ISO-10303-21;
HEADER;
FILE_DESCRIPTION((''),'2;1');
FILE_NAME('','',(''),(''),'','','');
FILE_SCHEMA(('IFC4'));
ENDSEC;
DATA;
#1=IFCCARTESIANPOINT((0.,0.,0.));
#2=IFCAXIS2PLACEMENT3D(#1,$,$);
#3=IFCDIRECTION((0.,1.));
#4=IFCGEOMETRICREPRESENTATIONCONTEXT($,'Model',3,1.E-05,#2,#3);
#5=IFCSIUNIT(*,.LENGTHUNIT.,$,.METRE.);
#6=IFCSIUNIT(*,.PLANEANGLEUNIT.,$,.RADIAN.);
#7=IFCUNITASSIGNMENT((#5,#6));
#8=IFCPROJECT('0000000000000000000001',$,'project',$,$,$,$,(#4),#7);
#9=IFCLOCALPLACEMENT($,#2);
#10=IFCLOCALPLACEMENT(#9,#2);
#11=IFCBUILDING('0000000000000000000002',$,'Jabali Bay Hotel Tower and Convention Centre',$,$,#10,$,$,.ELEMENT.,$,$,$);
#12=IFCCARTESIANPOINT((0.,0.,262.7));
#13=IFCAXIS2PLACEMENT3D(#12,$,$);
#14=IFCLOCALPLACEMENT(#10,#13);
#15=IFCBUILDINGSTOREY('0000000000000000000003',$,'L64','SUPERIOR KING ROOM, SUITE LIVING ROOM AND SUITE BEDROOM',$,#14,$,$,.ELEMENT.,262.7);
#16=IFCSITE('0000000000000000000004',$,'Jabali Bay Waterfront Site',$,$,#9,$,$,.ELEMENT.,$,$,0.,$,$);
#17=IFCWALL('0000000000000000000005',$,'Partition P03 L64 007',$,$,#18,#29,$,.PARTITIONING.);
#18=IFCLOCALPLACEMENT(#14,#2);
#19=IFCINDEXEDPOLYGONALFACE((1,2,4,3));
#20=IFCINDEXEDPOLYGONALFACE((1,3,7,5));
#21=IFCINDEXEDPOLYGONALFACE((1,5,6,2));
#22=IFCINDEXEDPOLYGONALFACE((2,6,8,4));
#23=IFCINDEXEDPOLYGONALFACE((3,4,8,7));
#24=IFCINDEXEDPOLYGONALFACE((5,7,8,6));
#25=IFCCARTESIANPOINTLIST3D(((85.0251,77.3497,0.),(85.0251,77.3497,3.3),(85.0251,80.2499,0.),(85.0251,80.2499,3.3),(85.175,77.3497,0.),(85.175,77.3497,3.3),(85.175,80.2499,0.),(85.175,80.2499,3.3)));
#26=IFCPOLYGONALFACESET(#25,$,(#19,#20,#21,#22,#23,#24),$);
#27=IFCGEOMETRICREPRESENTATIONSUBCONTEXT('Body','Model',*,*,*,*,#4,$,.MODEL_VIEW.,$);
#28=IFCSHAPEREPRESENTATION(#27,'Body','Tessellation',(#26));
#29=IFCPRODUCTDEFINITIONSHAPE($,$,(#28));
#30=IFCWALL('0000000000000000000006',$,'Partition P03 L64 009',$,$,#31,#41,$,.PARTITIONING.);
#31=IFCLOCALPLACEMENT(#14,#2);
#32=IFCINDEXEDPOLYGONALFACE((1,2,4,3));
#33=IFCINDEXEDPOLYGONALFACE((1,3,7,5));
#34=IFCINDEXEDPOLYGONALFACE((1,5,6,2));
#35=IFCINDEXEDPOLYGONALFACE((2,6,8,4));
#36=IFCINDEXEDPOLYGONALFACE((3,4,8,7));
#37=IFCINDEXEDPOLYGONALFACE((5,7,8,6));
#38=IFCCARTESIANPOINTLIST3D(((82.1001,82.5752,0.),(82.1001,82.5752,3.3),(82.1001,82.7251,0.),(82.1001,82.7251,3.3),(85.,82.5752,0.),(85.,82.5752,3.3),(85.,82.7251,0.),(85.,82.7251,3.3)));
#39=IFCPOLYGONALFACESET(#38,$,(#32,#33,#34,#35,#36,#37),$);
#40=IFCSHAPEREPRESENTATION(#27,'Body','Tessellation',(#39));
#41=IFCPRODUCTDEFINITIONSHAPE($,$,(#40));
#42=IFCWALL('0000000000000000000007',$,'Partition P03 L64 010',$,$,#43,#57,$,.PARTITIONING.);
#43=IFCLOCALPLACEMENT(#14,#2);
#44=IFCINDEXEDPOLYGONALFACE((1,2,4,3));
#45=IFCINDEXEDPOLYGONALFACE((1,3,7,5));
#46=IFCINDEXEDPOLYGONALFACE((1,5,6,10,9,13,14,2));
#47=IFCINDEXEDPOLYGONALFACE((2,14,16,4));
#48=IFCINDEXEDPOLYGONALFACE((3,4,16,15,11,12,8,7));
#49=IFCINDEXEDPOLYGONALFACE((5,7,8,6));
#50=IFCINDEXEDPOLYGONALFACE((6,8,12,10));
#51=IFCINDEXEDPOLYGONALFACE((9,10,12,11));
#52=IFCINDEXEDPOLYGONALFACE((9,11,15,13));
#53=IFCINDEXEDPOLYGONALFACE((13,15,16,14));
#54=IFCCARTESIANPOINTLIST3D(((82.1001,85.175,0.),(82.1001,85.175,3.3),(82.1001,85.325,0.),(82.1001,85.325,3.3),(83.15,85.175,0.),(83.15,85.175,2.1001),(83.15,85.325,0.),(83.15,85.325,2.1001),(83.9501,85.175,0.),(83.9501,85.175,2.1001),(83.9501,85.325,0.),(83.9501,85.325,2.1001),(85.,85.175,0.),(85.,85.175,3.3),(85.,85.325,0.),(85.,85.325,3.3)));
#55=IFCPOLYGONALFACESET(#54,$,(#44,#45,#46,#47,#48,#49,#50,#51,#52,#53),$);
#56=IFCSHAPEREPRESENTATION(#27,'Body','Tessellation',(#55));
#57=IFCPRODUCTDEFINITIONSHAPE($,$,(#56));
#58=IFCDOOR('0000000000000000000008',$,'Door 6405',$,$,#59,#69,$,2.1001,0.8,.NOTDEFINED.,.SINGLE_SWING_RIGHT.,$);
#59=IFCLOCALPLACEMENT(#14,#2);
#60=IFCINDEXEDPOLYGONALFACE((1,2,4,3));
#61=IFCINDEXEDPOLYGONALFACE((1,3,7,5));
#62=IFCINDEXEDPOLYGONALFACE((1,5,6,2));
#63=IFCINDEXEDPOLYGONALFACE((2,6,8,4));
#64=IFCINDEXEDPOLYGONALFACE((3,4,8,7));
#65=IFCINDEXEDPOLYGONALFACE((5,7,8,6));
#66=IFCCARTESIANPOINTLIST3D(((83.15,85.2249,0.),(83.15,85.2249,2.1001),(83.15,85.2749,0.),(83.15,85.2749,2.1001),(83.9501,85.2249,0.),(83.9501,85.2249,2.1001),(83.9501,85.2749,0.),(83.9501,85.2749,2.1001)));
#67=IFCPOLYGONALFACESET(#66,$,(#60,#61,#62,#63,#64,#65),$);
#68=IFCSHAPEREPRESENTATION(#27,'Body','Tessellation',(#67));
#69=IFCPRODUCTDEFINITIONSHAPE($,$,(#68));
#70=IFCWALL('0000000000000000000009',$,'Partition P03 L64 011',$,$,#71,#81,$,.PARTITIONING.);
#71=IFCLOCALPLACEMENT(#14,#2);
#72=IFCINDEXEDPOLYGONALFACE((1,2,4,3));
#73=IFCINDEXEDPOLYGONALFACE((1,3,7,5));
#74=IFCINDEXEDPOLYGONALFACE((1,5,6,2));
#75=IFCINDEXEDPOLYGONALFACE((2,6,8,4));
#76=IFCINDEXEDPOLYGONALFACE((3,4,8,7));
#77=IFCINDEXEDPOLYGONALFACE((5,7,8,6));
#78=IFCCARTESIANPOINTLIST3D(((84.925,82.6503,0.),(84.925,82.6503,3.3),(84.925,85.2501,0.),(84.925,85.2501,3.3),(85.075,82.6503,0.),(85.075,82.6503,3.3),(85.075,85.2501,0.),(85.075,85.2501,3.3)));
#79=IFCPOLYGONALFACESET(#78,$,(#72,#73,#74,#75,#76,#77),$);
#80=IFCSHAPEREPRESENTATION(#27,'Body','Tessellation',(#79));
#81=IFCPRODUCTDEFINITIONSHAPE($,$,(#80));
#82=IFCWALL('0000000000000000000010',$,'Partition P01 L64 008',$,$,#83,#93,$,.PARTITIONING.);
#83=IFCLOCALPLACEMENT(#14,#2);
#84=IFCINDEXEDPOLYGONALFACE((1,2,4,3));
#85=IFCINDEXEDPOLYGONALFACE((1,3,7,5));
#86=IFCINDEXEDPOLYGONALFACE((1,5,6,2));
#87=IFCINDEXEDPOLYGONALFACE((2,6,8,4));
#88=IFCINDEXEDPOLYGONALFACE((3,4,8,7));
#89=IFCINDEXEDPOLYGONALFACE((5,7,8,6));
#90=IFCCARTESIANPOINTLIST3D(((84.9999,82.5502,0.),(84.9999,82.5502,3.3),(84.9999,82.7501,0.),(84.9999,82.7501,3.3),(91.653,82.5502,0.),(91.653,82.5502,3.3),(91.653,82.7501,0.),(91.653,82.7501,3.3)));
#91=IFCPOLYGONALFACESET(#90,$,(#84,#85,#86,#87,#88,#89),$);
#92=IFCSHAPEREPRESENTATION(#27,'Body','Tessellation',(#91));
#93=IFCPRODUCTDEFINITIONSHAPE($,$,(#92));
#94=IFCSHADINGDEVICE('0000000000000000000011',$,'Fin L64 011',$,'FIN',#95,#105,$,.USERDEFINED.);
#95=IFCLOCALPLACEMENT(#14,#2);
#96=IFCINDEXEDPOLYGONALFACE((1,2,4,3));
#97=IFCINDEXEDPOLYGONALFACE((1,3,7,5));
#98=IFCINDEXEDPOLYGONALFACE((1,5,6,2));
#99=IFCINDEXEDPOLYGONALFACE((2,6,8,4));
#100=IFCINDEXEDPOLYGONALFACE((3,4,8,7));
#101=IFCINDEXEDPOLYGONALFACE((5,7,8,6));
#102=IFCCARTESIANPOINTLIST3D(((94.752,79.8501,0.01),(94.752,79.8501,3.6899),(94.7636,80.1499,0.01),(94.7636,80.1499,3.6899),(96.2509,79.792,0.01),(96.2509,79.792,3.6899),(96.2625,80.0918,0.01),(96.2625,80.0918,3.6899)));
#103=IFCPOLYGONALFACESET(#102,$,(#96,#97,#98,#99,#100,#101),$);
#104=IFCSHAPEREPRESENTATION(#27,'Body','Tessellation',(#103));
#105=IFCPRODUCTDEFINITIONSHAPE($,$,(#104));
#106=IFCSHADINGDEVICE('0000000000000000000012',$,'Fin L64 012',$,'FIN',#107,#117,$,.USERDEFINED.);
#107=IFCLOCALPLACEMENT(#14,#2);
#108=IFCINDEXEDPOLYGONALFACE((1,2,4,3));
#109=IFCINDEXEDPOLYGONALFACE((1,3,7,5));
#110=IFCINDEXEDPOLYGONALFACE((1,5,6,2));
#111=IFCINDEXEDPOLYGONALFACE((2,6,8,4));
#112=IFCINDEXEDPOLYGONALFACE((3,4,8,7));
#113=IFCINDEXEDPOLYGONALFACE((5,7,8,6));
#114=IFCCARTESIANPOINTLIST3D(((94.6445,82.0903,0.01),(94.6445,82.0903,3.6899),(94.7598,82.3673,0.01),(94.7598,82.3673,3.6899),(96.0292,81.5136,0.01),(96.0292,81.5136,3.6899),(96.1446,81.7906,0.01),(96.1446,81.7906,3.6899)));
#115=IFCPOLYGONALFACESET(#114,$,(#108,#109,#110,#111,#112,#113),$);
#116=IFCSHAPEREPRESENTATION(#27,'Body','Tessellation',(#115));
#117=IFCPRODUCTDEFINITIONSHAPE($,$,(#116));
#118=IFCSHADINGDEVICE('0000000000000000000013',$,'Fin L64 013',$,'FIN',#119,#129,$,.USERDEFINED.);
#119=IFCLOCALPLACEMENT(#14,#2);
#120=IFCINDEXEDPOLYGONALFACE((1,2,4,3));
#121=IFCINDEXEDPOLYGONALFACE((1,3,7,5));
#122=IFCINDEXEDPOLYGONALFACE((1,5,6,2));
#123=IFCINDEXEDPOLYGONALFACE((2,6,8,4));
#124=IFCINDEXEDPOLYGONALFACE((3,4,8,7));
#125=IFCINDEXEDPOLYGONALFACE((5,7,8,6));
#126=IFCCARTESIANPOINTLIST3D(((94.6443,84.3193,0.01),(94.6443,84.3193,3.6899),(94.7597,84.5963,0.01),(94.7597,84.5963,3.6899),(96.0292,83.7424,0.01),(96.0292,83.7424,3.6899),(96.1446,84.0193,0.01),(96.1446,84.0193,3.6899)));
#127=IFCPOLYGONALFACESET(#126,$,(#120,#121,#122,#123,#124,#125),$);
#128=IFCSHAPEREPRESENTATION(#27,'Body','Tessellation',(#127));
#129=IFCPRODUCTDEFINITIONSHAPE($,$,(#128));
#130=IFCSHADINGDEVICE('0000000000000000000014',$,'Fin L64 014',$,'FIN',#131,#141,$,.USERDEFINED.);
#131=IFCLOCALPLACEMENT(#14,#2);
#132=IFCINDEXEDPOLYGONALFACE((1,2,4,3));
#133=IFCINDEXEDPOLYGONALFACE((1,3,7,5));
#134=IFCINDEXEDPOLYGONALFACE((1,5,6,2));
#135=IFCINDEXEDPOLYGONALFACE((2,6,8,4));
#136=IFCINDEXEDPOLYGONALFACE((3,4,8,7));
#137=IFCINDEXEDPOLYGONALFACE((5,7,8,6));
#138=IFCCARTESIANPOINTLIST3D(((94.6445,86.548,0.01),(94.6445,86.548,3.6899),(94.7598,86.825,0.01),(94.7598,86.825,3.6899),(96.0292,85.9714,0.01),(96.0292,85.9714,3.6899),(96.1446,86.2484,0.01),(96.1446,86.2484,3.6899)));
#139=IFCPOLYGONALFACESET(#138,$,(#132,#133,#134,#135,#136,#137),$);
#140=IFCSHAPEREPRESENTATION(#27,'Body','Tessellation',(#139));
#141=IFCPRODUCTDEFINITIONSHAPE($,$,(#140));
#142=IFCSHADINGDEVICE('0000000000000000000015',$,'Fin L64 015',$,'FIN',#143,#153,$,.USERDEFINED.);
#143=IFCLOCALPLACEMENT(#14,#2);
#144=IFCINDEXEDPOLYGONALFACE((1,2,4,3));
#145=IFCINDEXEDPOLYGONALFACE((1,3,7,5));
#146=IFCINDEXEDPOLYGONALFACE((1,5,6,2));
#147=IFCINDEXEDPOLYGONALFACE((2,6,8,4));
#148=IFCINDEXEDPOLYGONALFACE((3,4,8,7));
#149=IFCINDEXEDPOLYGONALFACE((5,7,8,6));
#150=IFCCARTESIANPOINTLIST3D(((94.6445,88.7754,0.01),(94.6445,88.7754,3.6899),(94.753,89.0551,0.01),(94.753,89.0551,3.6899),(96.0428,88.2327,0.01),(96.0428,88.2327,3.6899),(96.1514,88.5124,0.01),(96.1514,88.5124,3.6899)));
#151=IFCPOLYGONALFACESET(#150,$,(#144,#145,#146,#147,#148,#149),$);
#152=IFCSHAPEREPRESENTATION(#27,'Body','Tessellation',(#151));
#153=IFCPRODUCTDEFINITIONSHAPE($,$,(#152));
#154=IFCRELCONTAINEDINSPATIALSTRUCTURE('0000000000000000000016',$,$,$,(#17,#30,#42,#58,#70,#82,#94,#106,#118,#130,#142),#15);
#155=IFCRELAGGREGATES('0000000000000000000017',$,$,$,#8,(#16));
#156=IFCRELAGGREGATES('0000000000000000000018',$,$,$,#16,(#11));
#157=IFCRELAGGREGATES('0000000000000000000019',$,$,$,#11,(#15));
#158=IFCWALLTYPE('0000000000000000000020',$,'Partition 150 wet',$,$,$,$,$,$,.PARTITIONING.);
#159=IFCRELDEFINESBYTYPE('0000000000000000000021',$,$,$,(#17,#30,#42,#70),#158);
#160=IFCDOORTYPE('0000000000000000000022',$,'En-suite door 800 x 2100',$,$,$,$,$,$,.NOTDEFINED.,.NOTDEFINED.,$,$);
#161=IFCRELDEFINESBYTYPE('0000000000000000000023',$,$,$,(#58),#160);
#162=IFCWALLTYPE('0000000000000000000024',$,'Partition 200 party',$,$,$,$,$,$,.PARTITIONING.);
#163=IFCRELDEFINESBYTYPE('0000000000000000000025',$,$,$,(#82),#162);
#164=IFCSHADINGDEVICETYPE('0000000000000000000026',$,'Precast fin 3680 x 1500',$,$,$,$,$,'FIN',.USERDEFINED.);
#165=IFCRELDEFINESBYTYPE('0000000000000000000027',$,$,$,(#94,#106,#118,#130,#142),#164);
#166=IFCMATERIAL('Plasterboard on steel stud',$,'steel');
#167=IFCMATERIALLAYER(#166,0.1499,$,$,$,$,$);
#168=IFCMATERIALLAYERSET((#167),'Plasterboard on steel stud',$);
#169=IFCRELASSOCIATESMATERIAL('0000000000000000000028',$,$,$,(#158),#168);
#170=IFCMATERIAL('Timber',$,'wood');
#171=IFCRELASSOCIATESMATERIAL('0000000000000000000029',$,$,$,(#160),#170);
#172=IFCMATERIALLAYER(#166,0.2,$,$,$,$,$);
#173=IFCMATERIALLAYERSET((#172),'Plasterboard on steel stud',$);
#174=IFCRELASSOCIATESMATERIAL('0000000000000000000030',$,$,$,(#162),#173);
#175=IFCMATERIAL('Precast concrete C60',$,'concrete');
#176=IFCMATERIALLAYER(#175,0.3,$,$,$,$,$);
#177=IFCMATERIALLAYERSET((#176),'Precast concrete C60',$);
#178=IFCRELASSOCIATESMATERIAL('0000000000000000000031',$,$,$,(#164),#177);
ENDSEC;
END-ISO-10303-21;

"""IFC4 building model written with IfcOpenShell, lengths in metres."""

from ifc_helpers import new_model, si_unit, direction, frame, frame_2d, origin, place, context, subcontext, project, spatial, rectangle, extrude, material, layer, layer_set, type_object, element, fill, save


model = new_model("IFC4")

# Units and contexts
model_context = context("Model", 3, precision=1e-05, world=origin(), true_north=direction((0.0, 1.0)))
body_context = subcontext(model_context, "Body", "Model", "MODEL_VIEW")
ifc_project = project(units=[si_unit("LENGTHUNIT", "METRE"), si_unit("PLANEANGLEUNIT", "RADIAN")], contexts=[model_context])

# Site, building, storey
site_placement = place(None, origin())
site = spatial("IfcSite", under=ifc_project, at=site_placement, Name="Jabali Bay Waterfront Site", CompositionType="ELEMENT", RefElevation=0.0)
building_placement = place(site_placement, origin())
building = spatial("IfcBuilding", under=site, at=building_placement, Name="Jabali Bay Hotel Tower and Convention Centre", CompositionType="ELEMENT")
storey_placement = place(building_placement, frame((0.0, 0.0, 262.7)))
storey = spatial("IfcBuildingStorey", under=building, at=storey_placement, Name="L64", Description="SUPERIOR KING ROOM, SUITE LIVING ROOM AND SUITE BEDROOM", CompositionType="ELEMENT", Elevation=262.7)

# Shared definitions
ifc_material_1 = material(Name="Plasterboard on steel stud", Category="steel")
ifc_layer_1 = layer(ifc_material_1, 0.1499)
ifc_layer_set_1 = layer_set([ifc_layer_1], Name="Plasterboard on steel stud")
wall_type_1 = type_object("IfcWallType", Name="Partition 150 wet", PredefinedType="PARTITIONING", material=ifc_layer_set_1)
ifc_material_2 = material(Name="Timber", Category="wood")

# Walls
wall_1_placement = place(storey_placement, frame((85.1001, 80.25, 0.0), z_axis=(0.0, 0.0, 1.0), x_axis=(0.0, -1.0, 0.0)))
element("IfcWall", 1, at=wall_1_placement, inside=storey, type_object=wall_type_1, Name="Partition P03 L64 007", PredefinedType="PARTITIONING", context=body_context, shape_type="SweptSolid", body=[
    extrude(rectangle(XDim=2.9001, YDim=0.1499, at=frame_2d((1.4502, 0.0))), origin(), (0.0, 0.0, 1.0), 3.3),
])
wall_2_placement = place(storey_placement, frame((85.0, 82.6501, 0.0), z_axis=(0.0, 0.0, 1.0), x_axis=(-1.0, 0.0, 0.0)))
element("IfcWall", 2, at=wall_2_placement, inside=storey, type_object=wall_type_1, Name="Partition P03 L64 009", PredefinedType="PARTITIONING", context=body_context, shape_type="SweptSolid", body=[
    extrude(rectangle(XDim=2.8999, YDim=0.1499, at=frame_2d((1.45, 0.0))), origin(), (0.0, 0.0, 1.0), 3.3),
])

# Wall, opening, door
wall_3_placement = place(storey_placement, frame((82.1001, 85.25, 0.0), z_axis=(0.0, 0.0, 1.0), x_axis=(1.0, 0.0, 0.0)))
wall_3 = element("IfcWall", 3, at=wall_3_placement, inside=storey, type_object=wall_type_1, Name="Partition P03 L64 010", PredefinedType="PARTITIONING", context=body_context, shape_type="SweptSolid", body=[
    extrude(rectangle(XDim=2.8999, YDim=0.1499, at=frame_2d((1.45, 0.0))), origin(), (0.0, 0.0, 1.0), 3.3),
])
opening_1_placement = place(wall_3_placement, frame((1.05, 0.0, 0.0)))
opening_1 = element("IfcOpeningElement", 4, at=opening_1_placement, cuts=wall_3, PredefinedType="OPENING", context=body_context, shape_type="SweptSolid", body=[
    extrude(rectangle(XDim=0.8, YDim=2.1001, at=frame_2d((0.3999, 1.05))), frame((0.0, 0.0854, 0.0), z_axis=(0.0, -1.0, 0.0), x_axis=(1.0, 0.0, 0.0)), (0.0, 0.0, 1.0), 0.1709),
])
door_type_1 = type_object("IfcDoorType", Name="En-suite door 800 x 2100", OperationType="NOTDEFINED", PredefinedType="NOTDEFINED", material=ifc_material_2)
door_1_placement = place(opening_1_placement, origin())
door_1 = element("IfcDoor", 5, at=door_1_placement, inside=storey, type_object=door_type_1, Name="Door 6405", OperationType="SINGLE_SWING_RIGHT", OverallHeight=2.1001, OverallWidth=0.8, PredefinedType="NOTDEFINED", context=body_context, shape_type="SweptSolid", body=[
    extrude(rectangle(XDim=0.8, YDim=2.1001, at=frame_2d((0.3999, 1.05))), frame((0.0, 0.0249, 0.0), z_axis=(0.0, -1.0, 0.0), x_axis=(1.0, 0.0, 0.0)), (0.0, 0.0, 1.0), 0.05),
])
fill(opening_1, door_1)

# Walls
wall_4_placement = place(storey_placement, frame((85.0, 85.25, 0.0), z_axis=(0.0, 0.0, 1.0), x_axis=(0.0, -1.0, 0.0)))
element("IfcWall", 6, at=wall_4_placement, inside=storey, type_object=wall_type_1, Name="Partition P03 L64 011", PredefinedType="PARTITIONING", context=body_context, shape_type="SweptSolid", body=[
    extrude(rectangle(XDim=2.5999, YDim=0.1499, at=frame_2d((1.2998, 0.0))), origin(), (0.0, 0.0, 1.0), 3.3),
])
ifc_layer_2 = layer(ifc_material_1, 0.2)
ifc_layer_set_2 = layer_set([ifc_layer_2], Name="Plasterboard on steel stud")
wall_type_2 = type_object("IfcWallType", Name="Partition 200 party", PredefinedType="PARTITIONING", material=ifc_layer_set_2)
wall_5_placement = place(storey_placement, frame((91.6531, 82.6501, 0.0), z_axis=(0.0, 0.0, 1.0), x_axis=(-1.0, 0.0, 0.0)))
element("IfcWall", 7, at=wall_5_placement, inside=storey, type_object=wall_type_2, Name="Partition P01 L64 008", PredefinedType="PARTITIONING", context=body_context, shape_type="SweptSolid", body=[
    extrude(rectangle(XDim=6.6531, YDim=0.2, at=frame_2d((3.3267, 0.0))), origin(), (0.0, 0.0, 1.0), 3.3),
])

# Shading devices
ifc_material_3 = material(Name="Precast concrete C60", Category="concrete")
ifc_layer_3 = layer(ifc_material_3, 0.3)
ifc_layer_set_3 = layer_set([ifc_layer_3], Name="Precast concrete C60")
shading_device_type = type_object("IfcShadingDeviceType", Name="Precast fin 3680 x 1500", ElementType="FIN", PredefinedType="USERDEFINED", material=ifc_layer_set_3)
for number, where, z_axis, x_axis, name in (
    (8, (94.7578, 80.0, 0.01), (0.0, 0.0, 1.0), (0.999249, -0.038739, 0.0), "Fin L64 011"),
    (9, (94.7021, 82.2288, 0.01), (0.0, 0.0, 1.0), (0.923154, -0.38443, 0.0), "Fin L64 012"),
):
    element("IfcShadingDevice", number, at=place(storey_placement, frame(where, z_axis=z_axis, x_axis=x_axis)), inside=storey, type_object=shading_device_type, Name=name, ObjectType="FIN", PredefinedType="USERDEFINED", context=body_context, shape_type="SweptSolid", body=[
        extrude(rectangle(XDim=1.5, YDim=0.3, at=frame_2d((0.75, 0.0))), origin(), (0.0, 0.0, 1.0), 3.6799),
    ])
shading_device_placement = place(storey_placement, frame((94.7021, 84.4578, 0.01), z_axis=(0.0, 0.0, 1.0), x_axis=(0.923096, -0.384569, 0.0)))
element("IfcShadingDevice", 10, at=shading_device_placement, inside=storey, type_object=shading_device_type, Name="Fin L64 013", ObjectType="FIN", PredefinedType="USERDEFINED", context=body_context, shape_type="SweptSolid", body=[
    extrude(rectangle(XDim=1.5002, YDim=0.3, at=frame_2d((0.75, 0.0))), origin(), (0.0, 0.0, 1.0), 3.6799),
])
for number, where, z_axis, x_axis, name in (
    (11, (94.7021, 86.6865, 0.01), (0.0, 0.0, 1.0), (0.923154, -0.38443, 0.0), "Fin L64 014"),
    (12, (94.6987, 88.9153, 0.01), (0.0, 0.0, 1.0), (0.932255, -0.361802, 0.0), "Fin L64 015"),
):
    element("IfcShadingDevice", number, at=place(storey_placement, frame(where, z_axis=z_axis, x_axis=x_axis)), inside=storey, type_object=shading_device_type, Name=name, ObjectType="FIN", PredefinedType="USERDEFINED", context=body_context, shape_type="SweptSolid", body=[
        extrude(rectangle(XDim=1.5, YDim=0.3, at=frame_2d((0.75, 0.0))), origin(), (0.0, 0.0, 1.0), 3.6799),
    ])

save(model, "model.ifc")
